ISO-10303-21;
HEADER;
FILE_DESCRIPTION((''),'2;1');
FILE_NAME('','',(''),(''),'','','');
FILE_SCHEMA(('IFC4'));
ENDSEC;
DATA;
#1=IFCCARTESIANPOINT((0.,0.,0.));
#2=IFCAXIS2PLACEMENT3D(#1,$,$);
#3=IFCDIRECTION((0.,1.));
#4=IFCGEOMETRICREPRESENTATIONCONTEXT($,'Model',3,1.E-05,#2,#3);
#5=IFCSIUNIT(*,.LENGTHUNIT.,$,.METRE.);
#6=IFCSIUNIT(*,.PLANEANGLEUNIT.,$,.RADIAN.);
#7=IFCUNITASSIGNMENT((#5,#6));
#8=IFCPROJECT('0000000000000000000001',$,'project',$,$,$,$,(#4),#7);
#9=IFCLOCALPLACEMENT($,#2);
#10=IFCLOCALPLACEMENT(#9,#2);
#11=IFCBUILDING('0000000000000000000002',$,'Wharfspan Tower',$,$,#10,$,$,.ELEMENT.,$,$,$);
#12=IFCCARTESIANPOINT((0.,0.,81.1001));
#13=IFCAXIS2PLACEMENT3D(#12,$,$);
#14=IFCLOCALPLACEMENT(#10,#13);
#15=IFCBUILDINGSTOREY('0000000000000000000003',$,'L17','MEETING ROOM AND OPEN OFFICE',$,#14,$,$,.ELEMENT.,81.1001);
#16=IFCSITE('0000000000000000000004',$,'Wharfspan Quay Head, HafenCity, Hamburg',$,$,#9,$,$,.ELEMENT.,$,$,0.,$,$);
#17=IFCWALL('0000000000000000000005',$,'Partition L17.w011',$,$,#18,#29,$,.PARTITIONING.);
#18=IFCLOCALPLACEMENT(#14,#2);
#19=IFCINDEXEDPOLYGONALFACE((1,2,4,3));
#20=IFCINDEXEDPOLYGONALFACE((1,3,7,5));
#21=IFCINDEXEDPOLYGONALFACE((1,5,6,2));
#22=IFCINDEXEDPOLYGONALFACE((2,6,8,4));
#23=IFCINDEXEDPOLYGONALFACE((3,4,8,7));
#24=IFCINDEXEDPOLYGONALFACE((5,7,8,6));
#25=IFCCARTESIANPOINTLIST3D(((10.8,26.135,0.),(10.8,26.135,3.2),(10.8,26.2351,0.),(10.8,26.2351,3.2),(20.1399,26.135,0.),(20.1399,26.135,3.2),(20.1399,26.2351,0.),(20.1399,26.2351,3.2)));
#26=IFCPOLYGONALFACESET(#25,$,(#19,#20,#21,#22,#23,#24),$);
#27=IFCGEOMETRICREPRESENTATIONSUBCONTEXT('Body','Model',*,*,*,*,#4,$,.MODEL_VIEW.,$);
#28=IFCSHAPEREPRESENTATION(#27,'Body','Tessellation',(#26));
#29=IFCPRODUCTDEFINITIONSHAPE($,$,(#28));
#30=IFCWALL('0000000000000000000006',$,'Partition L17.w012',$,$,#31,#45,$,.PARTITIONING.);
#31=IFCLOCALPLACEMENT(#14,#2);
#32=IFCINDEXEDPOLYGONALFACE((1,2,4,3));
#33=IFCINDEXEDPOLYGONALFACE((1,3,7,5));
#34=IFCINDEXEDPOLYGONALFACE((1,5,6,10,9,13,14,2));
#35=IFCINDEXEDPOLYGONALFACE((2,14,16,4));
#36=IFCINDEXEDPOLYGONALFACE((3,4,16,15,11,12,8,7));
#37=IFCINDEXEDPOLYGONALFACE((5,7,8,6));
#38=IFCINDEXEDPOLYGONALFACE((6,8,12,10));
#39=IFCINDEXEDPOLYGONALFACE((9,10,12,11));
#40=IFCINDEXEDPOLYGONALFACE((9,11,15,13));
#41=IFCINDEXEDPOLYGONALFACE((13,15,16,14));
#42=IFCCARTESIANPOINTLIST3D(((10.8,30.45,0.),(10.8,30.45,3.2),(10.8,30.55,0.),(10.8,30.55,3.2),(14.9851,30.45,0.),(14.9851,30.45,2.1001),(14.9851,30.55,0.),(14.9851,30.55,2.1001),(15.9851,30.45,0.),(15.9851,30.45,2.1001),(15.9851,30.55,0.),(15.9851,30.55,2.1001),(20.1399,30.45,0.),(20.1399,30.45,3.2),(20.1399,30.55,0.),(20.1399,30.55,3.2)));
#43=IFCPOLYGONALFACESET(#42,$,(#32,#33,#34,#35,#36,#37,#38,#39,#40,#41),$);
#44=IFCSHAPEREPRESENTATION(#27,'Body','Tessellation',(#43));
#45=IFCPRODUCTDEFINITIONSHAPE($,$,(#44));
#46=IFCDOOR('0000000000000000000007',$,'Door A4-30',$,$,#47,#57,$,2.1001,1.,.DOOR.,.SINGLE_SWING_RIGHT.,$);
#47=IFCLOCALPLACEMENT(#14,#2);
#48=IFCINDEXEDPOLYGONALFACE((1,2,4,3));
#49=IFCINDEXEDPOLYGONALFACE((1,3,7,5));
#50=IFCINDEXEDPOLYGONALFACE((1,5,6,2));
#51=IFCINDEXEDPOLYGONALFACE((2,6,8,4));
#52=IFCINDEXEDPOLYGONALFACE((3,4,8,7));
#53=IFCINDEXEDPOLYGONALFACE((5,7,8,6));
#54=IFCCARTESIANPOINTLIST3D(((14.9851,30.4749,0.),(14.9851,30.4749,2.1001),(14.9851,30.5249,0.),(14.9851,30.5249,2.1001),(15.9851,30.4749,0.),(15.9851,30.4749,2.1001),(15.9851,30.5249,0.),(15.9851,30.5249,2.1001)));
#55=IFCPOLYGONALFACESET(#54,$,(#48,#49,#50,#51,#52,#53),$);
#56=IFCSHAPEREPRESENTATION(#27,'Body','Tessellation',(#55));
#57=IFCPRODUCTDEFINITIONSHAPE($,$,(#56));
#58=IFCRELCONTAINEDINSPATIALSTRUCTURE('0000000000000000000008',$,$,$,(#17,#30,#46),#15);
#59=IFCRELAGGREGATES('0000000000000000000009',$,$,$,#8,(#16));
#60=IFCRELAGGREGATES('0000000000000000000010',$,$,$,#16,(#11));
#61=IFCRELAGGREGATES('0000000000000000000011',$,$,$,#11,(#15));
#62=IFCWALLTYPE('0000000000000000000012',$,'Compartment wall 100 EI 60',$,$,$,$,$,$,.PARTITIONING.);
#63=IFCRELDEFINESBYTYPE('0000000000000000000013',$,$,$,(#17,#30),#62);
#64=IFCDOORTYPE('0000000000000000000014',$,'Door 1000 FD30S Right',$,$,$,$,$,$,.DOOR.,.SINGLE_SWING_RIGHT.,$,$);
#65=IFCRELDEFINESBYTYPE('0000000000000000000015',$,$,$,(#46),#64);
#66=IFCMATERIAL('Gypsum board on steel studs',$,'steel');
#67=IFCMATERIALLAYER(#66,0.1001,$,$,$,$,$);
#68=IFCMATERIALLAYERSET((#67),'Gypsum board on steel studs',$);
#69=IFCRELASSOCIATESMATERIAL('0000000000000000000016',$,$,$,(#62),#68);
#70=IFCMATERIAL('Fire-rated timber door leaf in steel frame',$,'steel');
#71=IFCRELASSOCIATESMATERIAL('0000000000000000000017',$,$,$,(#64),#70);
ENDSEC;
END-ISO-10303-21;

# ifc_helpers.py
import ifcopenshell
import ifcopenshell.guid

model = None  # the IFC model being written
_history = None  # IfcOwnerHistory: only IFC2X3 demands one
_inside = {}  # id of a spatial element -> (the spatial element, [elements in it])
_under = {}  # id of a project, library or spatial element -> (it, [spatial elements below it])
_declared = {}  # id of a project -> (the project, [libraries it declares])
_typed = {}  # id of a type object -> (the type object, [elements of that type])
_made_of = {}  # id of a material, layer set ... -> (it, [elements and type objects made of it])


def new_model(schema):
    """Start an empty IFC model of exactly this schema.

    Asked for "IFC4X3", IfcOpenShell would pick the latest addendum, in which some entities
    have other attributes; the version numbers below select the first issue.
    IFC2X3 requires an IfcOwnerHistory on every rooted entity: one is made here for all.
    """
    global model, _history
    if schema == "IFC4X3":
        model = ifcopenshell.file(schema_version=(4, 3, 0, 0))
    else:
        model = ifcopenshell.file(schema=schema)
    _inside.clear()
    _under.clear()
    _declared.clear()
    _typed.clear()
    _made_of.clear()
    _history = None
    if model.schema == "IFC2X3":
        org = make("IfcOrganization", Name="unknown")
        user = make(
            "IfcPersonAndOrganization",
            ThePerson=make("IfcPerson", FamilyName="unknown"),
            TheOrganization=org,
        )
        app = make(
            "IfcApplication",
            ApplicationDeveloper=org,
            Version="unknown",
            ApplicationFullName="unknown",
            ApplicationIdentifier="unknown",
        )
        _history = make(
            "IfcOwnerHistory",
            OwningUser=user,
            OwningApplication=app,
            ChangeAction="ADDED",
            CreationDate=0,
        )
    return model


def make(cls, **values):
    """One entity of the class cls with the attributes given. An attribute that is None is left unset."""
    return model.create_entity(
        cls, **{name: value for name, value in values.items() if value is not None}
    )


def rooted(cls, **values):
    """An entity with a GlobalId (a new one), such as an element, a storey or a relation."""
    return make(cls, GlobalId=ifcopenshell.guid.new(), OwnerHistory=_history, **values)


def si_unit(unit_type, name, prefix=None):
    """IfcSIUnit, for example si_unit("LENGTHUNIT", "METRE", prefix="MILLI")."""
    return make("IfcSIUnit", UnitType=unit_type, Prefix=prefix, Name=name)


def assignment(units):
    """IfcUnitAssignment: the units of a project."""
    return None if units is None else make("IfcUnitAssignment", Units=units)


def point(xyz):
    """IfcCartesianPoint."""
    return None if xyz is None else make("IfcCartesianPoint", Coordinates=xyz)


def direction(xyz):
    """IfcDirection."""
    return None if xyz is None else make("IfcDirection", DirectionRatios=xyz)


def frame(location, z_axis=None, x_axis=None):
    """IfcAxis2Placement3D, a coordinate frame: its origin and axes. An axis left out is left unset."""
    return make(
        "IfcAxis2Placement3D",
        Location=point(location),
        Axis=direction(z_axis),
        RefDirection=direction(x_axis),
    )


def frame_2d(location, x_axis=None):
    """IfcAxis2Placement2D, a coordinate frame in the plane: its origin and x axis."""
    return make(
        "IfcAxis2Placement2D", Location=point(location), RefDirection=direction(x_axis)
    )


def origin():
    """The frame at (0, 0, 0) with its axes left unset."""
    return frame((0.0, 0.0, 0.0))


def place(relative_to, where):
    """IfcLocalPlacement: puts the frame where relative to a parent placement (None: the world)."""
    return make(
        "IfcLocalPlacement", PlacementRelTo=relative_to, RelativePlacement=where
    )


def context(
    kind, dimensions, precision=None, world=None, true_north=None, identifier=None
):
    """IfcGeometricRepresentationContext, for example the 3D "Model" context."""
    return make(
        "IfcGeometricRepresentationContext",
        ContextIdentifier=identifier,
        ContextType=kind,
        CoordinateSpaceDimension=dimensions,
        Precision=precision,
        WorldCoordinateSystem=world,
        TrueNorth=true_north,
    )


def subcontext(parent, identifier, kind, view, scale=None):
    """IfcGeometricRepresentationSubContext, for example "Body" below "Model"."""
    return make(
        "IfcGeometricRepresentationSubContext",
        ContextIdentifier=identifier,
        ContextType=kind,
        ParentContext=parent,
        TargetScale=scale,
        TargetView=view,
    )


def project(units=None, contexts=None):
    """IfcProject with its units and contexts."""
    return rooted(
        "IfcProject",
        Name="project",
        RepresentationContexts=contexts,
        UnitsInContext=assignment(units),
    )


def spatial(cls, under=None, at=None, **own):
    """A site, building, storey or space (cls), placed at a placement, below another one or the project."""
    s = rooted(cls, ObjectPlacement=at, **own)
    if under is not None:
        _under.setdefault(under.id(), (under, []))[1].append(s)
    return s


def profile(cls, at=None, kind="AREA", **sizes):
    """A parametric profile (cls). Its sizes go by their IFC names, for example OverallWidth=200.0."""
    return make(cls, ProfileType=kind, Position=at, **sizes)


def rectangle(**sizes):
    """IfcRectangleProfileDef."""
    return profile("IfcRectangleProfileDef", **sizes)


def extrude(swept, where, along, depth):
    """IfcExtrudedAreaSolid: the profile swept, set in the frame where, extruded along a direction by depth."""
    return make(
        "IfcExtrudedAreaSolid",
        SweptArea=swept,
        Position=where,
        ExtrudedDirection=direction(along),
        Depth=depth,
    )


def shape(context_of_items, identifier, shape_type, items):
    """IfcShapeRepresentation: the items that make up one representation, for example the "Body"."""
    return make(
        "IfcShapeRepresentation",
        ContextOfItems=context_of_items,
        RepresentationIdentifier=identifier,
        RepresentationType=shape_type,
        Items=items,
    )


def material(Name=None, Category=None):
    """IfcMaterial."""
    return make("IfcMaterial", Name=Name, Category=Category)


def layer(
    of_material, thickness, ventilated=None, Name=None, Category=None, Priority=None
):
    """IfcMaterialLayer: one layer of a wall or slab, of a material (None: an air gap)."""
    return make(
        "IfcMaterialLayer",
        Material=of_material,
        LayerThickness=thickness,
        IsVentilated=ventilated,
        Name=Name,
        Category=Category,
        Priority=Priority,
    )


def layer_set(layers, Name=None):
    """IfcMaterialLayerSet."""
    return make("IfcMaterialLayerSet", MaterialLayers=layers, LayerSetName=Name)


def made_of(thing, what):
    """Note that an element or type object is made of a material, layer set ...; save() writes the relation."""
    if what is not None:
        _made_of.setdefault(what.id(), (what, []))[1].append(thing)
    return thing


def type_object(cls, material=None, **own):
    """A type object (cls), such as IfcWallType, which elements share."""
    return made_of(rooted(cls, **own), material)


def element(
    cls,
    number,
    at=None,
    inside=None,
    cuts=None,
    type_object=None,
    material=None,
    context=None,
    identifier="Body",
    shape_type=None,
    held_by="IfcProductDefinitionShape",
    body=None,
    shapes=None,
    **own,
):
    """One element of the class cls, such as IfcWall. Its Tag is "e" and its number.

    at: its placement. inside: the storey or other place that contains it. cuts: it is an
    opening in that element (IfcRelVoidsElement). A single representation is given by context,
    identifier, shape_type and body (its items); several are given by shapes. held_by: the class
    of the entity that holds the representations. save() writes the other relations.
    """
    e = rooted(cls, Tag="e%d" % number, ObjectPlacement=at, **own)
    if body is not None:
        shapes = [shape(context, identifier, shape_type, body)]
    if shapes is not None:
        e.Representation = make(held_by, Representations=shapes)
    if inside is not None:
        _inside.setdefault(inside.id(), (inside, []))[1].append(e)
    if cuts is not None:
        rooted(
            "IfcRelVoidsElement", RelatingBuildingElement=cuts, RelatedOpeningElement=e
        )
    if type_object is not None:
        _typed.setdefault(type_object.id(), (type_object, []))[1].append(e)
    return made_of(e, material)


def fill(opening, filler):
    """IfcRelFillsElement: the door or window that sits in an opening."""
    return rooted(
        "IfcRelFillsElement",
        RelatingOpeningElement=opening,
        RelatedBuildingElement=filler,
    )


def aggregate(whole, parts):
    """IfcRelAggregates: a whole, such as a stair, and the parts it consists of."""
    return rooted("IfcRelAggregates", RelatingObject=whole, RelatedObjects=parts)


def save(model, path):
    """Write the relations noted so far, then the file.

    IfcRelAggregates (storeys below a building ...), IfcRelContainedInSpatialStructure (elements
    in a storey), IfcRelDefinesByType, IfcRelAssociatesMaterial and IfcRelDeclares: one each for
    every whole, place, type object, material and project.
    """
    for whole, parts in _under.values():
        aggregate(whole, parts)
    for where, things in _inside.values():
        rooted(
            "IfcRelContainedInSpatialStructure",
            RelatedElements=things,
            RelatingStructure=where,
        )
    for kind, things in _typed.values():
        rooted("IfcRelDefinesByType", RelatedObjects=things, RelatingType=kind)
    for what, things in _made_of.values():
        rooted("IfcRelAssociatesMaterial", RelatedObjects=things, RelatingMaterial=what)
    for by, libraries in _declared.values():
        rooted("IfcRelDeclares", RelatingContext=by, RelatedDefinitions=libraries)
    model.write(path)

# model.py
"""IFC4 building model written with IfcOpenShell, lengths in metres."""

from ifc_helpers import new_model, si_unit, direction, frame, frame_2d, origin, place, context, subcontext, project, spatial, rectangle, extrude, material, layer, layer_set, type_object, element, fill, save


model = new_model("IFC4")

# Units and contexts
model_context = context("Model", 3, precision=1e-05, world=origin(), true_north=direction((0.0, 1.0)))
body_context = subcontext(model_context, "Body", "Model", "MODEL_VIEW")
ifc_project = project(units=[si_unit("LENGTHUNIT", "METRE"), si_unit("PLANEANGLEUNIT", "RADIAN")], contexts=[model_context])

# Site, building, storey
site_placement = place(None, origin())
site = spatial("IfcSite", under=ifc_project, at=site_placement, Name="Wharfspan Quay Head, HafenCity, Hamburg", CompositionType="ELEMENT", RefElevation=0.0)
building_placement = place(site_placement, origin())
building = spatial("IfcBuilding", under=site, at=building_placement, Name="Wharfspan Tower", CompositionType="ELEMENT")
storey_placement = place(building_placement, frame((0.0, 0.0, 81.1001)))
storey = spatial("IfcBuildingStorey", under=building, at=storey_placement, Name="L17", Description="MEETING ROOM AND OPEN OFFICE", CompositionType="ELEMENT", Elevation=81.1001)

# Wall
ifc_material_1 = material(Name="Gypsum board on steel studs", Category="steel")
ifc_layer_1 = layer(ifc_material_1, 0.1001)
ifc_layer_set_1 = layer_set([ifc_layer_1], Name="Gypsum board on steel studs")
wall_type_1 = type_object("IfcWallType", Name="Compartment wall 100 EI 60", PredefinedType="PARTITIONING", material=ifc_layer_set_1)
wall_1_placement = place(storey_placement, frame((10.8, 26.1851, 0.0), z_axis=(0.0, 0.0, 1.0), x_axis=(1.0, 0.0, 0.0)))
element("IfcWall", 1, at=wall_1_placement, inside=storey, type_object=wall_type_1, Name="Partition L17.w011", PredefinedType="PARTITIONING", context=body_context, shape_type="SweptSolid", body=[
    extrude(rectangle(XDim=9.3398, YDim=0.1001, at=frame_2d((4.6699, 0.0))), origin(), (0.0, 0.0, 1.0), 3.2),
])

# Wall, opening, door
wall_2_placement = place(storey_placement, frame((10.8, 30.5, 0.0), z_axis=(0.0, 0.0, 1.0), x_axis=(1.0, 0.0, 0.0)))
wall_2 = element("IfcWall", 2, at=wall_2_placement, inside=storey, type_object=wall_type_1, Name="Partition L17.w012", PredefinedType="PARTITIONING", context=body_context, shape_type="SweptSolid", body=[
    extrude(rectangle(XDim=9.3398, YDim=0.1001, at=frame_2d((4.6699, 0.0))), origin(), (0.0, 0.0, 1.0), 3.2),
])
opening_1_placement = place(wall_2_placement, frame((4.1851, 0.0, 0.0)))
opening_1 = element("IfcOpeningElement", 3, at=opening_1_placement, cuts=wall_2, PredefinedType="OPENING", context=body_context, shape_type="SweptSolid", body=[
    extrude(rectangle(XDim=1.0, YDim=2.1001, at=frame_2d((0.5, 1.05))), frame((0.0, 0.0601, 0.0), z_axis=(0.0, -1.0, 0.0), x_axis=(1.0, 0.0, 0.0)), (0.0, 0.0, 1.0), 0.1201),
])
ifc_material_2 = material(Name="Fire-rated timber door leaf in steel frame", Category="steel")
door_type_1 = type_object("IfcDoorType", Name="Door 1000 FD30S Right", OperationType="SINGLE_SWING_RIGHT", PredefinedType="DOOR", material=ifc_material_2)
door_1_placement = place(opening_1_placement, origin())
door_1 = element("IfcDoor", 4, at=door_1_placement, inside=storey, type_object=door_type_1, Name="Door A4-30", OperationType="SINGLE_SWING_RIGHT", OverallHeight=2.1001, OverallWidth=1.0, PredefinedType="DOOR", context=body_context, shape_type="SweptSolid", body=[
    extrude(rectangle(XDim=1.0, YDim=2.1001, at=frame_2d((0.5, 1.05))), frame((0.0, 0.0249, 0.0), z_axis=(0.0, -1.0, 0.0), x_axis=(1.0, 0.0, 0.0)), (0.0, 0.0, 1.0), 0.05),
])
fill(opening_1, door_1)

save(model, "model.ifc")
